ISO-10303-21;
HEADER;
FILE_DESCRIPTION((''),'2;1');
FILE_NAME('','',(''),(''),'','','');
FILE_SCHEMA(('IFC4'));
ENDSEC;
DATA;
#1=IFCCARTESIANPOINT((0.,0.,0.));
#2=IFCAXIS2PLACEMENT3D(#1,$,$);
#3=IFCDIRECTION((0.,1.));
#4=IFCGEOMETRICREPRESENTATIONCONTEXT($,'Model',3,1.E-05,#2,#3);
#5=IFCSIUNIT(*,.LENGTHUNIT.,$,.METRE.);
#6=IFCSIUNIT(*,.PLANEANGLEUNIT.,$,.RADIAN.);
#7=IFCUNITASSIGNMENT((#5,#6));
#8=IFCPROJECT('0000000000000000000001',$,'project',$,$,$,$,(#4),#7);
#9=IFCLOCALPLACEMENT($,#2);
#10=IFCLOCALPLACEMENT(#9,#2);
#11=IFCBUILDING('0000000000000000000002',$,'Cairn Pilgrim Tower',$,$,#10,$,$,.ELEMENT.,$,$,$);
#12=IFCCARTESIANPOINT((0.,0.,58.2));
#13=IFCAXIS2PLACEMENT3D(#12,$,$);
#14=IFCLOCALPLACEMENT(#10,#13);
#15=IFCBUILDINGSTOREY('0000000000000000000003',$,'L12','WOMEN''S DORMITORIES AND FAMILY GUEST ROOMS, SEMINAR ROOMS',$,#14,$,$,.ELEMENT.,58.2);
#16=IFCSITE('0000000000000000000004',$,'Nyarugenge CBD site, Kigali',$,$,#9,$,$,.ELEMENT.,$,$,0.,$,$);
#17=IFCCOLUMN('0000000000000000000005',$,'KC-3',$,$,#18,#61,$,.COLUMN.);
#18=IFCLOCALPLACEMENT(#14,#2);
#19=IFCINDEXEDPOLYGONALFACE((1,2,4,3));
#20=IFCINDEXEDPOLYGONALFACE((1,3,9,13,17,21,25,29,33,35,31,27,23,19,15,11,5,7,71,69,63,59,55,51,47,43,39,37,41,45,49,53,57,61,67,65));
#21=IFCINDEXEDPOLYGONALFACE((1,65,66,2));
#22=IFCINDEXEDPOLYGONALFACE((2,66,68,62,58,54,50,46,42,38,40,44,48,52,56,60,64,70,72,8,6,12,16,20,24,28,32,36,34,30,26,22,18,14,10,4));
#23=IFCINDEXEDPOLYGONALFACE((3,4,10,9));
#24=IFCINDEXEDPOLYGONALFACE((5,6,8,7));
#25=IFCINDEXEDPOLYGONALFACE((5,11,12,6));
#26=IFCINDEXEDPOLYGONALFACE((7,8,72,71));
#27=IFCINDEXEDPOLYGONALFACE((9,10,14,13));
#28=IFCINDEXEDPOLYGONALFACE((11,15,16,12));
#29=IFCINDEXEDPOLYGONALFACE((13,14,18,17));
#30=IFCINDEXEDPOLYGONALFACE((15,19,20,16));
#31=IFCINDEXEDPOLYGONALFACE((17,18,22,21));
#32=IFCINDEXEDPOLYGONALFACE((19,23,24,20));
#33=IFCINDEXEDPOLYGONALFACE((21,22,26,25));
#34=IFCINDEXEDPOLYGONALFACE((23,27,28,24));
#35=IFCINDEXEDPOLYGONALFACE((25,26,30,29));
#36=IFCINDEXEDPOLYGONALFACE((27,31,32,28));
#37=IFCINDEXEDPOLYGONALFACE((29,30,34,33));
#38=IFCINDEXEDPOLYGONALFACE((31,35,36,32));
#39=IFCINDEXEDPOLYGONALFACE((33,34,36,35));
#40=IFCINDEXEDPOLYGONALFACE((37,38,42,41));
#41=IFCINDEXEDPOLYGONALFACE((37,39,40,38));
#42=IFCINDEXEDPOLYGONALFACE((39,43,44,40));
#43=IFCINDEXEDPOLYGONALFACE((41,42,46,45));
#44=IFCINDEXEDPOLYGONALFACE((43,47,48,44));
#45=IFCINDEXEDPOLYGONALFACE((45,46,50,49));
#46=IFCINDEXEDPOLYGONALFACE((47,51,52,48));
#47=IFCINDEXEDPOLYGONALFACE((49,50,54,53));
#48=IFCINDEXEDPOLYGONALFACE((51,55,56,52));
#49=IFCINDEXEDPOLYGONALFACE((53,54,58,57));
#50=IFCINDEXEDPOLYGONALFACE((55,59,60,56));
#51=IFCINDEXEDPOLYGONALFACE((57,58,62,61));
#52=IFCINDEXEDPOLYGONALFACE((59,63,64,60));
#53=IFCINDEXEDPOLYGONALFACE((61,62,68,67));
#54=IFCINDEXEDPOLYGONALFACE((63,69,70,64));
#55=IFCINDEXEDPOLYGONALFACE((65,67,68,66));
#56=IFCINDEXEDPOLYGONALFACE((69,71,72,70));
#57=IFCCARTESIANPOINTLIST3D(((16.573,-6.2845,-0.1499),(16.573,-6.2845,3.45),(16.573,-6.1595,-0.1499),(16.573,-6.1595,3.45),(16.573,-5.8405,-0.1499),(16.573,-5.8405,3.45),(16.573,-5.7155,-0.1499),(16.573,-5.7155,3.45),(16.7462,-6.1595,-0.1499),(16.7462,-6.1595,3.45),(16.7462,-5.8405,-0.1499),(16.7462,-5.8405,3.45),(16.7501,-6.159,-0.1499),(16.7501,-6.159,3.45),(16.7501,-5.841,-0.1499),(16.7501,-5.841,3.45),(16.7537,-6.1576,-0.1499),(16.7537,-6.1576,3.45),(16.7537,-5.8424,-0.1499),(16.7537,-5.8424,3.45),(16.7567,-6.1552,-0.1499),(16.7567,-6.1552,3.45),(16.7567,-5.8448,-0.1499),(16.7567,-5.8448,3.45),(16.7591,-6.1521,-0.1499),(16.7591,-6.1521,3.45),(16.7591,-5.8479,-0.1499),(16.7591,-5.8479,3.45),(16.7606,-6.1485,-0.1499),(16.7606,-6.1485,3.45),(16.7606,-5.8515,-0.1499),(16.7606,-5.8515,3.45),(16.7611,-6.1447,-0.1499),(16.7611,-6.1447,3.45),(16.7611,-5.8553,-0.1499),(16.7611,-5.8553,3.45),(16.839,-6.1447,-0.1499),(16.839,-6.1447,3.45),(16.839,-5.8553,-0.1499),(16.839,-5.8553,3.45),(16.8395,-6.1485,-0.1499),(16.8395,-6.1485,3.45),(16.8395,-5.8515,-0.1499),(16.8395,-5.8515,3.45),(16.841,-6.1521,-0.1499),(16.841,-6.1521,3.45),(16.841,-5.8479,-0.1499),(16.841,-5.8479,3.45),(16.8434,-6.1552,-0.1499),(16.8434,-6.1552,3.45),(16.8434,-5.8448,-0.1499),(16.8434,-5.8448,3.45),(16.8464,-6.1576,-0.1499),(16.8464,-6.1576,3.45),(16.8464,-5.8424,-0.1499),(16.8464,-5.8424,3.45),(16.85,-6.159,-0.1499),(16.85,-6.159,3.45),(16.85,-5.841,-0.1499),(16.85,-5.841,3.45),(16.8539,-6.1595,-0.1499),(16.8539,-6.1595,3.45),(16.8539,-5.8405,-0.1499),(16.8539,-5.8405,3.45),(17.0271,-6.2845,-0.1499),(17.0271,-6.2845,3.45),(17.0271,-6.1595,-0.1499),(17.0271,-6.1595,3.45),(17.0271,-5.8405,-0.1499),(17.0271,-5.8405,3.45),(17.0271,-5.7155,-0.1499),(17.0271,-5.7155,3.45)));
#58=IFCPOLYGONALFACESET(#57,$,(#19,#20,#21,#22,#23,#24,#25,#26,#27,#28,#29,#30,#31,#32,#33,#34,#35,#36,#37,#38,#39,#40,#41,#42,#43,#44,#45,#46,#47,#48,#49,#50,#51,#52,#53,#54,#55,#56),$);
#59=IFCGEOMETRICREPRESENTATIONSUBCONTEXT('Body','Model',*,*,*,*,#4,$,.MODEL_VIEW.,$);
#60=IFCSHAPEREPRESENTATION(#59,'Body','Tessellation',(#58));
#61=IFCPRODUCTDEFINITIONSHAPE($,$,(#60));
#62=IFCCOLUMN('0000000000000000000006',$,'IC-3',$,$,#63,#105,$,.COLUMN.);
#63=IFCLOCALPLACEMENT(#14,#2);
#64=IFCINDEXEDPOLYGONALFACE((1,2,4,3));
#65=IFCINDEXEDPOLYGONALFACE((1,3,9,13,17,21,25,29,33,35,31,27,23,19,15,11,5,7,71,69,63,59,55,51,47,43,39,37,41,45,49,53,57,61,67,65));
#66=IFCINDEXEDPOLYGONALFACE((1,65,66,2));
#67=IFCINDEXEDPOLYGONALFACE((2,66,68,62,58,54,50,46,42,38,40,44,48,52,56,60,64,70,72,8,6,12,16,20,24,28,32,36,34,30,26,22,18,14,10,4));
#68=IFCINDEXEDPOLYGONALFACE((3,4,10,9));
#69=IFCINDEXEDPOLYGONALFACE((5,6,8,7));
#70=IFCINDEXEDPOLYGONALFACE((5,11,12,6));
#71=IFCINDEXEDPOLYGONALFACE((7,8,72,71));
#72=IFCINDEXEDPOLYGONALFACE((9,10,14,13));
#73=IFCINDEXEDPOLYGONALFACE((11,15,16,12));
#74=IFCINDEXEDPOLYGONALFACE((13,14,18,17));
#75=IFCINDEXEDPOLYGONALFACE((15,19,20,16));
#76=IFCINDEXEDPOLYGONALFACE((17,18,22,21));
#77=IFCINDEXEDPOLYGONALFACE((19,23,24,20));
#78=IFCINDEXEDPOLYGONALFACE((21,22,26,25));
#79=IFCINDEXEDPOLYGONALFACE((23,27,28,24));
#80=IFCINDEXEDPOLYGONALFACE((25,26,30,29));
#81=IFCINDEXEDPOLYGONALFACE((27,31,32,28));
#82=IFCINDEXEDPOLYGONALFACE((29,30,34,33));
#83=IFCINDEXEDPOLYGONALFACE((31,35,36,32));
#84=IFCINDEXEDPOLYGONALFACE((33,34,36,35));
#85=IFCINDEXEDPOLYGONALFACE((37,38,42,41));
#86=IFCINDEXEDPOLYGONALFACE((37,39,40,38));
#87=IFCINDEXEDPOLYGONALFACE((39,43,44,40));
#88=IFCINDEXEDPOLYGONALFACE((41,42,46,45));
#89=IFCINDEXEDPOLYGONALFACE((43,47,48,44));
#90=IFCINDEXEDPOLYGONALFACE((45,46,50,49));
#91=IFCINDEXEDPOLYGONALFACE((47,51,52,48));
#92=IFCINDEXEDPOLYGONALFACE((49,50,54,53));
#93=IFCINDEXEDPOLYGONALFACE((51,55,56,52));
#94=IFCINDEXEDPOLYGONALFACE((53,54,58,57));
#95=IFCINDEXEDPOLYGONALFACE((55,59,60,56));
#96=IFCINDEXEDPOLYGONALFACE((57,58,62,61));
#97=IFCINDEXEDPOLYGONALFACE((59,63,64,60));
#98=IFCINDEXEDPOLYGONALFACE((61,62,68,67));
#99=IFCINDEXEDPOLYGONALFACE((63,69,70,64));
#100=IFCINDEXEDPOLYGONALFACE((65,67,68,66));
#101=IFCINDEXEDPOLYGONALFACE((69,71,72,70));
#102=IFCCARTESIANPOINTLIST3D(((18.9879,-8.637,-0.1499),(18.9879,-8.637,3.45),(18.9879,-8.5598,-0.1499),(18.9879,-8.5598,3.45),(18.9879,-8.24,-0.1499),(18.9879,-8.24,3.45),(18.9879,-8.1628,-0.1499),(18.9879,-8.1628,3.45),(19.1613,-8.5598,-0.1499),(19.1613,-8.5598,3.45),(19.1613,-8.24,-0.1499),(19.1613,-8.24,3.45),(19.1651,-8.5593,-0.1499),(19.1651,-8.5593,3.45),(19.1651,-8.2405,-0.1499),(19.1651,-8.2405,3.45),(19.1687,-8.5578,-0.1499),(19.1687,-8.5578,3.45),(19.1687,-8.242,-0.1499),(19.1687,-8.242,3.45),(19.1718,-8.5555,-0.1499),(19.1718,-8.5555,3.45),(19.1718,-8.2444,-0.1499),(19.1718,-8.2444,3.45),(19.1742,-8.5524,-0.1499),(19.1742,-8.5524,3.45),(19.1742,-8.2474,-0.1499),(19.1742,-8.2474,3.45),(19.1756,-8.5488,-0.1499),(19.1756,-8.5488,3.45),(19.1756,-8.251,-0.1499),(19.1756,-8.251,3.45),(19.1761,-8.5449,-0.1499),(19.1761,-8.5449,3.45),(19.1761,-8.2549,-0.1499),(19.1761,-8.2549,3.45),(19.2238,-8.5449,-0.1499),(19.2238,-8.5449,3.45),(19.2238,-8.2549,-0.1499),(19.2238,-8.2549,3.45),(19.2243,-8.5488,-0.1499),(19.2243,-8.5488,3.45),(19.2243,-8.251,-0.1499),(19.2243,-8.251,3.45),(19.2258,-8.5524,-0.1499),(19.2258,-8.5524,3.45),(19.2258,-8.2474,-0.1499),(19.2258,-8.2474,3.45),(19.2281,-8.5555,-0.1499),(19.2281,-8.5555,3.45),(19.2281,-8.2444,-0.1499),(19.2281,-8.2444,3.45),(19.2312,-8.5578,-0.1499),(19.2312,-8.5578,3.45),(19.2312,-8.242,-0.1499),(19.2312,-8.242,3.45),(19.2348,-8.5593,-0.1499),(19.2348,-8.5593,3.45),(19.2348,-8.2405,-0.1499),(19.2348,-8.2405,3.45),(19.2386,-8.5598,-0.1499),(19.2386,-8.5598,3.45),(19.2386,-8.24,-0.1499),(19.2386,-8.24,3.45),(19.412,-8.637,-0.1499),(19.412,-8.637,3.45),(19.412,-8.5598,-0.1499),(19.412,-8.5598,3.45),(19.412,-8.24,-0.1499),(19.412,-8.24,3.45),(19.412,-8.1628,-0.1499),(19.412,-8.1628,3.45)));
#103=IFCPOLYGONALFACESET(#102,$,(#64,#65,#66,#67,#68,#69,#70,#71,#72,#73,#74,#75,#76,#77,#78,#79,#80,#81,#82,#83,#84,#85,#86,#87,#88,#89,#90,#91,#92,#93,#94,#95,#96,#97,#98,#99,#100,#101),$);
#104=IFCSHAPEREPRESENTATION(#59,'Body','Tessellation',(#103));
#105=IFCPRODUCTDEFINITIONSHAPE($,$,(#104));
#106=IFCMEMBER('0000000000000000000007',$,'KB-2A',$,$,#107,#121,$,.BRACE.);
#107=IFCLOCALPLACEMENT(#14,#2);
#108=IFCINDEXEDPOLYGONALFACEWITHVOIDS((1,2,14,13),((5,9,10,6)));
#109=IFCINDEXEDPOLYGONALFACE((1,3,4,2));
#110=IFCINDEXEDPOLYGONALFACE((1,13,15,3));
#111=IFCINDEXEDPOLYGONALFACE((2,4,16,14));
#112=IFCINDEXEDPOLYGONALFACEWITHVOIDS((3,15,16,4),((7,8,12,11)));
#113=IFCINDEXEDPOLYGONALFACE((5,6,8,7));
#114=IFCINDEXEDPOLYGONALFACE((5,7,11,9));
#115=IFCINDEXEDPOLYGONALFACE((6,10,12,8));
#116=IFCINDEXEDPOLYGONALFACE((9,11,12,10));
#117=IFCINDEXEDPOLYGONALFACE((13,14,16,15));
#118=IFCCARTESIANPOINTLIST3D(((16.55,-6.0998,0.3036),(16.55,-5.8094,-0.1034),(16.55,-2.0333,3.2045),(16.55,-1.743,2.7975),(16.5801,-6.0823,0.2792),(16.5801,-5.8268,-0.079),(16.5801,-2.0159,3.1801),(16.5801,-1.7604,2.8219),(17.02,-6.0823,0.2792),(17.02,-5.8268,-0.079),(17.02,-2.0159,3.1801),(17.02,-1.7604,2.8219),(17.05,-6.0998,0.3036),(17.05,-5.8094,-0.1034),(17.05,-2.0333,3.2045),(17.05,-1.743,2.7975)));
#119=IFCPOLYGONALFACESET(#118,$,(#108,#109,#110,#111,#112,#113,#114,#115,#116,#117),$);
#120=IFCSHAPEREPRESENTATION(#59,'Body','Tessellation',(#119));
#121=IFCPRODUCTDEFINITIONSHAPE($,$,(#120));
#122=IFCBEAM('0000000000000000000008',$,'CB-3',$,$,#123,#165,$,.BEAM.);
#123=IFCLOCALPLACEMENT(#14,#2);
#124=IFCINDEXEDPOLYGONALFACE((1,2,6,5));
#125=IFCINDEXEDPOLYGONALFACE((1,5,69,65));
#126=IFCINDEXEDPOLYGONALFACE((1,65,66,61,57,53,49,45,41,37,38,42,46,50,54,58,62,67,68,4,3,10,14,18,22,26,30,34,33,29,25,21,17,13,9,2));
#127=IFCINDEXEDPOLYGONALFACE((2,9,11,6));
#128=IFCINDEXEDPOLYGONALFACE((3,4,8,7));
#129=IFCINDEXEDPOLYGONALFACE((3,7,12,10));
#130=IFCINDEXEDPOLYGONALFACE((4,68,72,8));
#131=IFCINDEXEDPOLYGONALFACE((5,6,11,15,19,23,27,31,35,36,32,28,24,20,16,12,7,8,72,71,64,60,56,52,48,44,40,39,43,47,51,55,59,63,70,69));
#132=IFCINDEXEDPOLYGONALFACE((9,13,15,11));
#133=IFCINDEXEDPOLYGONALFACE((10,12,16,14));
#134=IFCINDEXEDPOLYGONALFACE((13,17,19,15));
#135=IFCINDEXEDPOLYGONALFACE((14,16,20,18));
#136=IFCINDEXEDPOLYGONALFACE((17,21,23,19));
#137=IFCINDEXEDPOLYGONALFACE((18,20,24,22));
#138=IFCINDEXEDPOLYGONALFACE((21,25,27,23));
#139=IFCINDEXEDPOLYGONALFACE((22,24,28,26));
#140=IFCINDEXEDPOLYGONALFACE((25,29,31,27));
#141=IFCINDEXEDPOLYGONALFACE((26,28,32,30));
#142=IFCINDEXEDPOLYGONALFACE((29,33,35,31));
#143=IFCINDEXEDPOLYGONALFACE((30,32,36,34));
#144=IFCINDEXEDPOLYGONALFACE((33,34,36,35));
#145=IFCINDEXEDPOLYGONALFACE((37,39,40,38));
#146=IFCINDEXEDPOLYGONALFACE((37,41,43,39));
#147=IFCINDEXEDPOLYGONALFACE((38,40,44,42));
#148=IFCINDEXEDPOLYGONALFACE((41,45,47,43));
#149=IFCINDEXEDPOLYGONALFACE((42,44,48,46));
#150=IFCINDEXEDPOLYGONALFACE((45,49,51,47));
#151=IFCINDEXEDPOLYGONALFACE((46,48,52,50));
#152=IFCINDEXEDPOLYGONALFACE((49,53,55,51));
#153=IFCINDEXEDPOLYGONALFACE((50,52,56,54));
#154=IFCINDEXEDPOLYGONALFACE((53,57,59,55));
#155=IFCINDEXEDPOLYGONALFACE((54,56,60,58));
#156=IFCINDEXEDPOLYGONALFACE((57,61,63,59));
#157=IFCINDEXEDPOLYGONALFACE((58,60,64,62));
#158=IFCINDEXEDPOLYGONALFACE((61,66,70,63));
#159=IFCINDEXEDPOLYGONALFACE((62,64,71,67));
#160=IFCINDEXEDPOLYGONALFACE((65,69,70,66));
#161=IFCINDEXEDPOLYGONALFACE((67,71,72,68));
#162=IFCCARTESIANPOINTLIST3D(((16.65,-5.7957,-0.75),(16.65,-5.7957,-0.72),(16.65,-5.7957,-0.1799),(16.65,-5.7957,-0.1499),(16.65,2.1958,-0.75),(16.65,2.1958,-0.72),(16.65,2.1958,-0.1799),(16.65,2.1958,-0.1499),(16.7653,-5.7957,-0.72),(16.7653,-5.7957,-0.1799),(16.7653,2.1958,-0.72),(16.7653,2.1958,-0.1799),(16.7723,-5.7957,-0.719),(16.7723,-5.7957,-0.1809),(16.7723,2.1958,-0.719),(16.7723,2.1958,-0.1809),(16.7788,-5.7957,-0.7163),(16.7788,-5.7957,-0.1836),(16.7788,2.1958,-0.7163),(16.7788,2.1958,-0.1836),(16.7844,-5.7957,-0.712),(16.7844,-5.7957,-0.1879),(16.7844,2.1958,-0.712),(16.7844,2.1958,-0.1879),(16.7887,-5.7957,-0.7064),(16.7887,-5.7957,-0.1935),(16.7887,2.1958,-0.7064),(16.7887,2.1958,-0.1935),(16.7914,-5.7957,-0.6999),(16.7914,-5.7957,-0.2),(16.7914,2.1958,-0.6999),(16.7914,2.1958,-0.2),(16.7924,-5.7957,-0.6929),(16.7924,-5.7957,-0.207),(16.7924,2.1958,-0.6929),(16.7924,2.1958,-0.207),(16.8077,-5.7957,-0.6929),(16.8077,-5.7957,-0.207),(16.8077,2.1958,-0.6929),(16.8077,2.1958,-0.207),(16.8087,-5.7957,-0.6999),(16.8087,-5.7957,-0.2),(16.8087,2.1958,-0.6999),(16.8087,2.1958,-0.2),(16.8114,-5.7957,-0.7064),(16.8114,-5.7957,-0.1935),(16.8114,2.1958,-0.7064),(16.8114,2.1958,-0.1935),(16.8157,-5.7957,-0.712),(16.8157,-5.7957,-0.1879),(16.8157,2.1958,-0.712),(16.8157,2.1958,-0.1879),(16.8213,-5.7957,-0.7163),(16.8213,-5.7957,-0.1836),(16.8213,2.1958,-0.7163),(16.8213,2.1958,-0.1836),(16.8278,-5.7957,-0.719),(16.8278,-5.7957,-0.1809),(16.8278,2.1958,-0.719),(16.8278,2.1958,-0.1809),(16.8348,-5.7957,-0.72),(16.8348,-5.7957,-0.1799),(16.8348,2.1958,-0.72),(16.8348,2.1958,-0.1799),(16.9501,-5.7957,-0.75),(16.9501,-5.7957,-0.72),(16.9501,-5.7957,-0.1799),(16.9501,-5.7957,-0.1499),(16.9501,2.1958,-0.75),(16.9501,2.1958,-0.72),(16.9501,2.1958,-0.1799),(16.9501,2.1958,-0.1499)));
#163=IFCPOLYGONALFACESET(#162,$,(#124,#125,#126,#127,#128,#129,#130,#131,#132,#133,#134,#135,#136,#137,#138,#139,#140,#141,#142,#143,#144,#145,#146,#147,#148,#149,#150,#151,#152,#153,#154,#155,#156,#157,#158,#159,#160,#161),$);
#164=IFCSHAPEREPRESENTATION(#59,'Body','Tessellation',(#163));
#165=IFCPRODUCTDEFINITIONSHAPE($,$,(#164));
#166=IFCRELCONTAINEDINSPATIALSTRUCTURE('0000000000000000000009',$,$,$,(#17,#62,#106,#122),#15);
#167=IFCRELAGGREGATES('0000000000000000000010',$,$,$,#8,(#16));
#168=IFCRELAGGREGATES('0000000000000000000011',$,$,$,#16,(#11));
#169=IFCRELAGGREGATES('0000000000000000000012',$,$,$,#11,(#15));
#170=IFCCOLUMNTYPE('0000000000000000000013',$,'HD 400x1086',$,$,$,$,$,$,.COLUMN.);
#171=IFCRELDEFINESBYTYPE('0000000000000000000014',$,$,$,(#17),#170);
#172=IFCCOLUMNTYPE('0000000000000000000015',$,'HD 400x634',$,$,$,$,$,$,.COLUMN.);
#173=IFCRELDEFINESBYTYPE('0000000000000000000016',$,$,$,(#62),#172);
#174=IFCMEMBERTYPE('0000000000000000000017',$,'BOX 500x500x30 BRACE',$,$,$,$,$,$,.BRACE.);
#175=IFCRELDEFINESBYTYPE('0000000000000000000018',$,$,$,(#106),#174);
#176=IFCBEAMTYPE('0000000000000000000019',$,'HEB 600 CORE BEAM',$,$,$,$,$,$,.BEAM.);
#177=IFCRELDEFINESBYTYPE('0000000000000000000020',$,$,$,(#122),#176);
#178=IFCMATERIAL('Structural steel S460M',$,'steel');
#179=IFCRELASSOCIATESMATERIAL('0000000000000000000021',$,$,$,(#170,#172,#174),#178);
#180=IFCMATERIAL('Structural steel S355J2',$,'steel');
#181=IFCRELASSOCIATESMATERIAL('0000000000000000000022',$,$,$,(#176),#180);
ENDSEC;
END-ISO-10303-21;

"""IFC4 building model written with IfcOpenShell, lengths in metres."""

from ifc_helpers import new_model, si_unit, direction, frame, origin, origin_2d, place, context, subcontext, project, spatial, hollow_rectangle, i_section, extrude, material, material_profile, profile_set, type_object, element, save


model = new_model("IFC4")

# Units and contexts
model_context = context("Model", 3, precision=1e-05, world=origin(), true_north=direction((0.0, 1.0)))
body_context = subcontext(model_context, "Body", "Model", "MODEL_VIEW")
ifc_project = project(units=[si_unit("LENGTHUNIT", "METRE"), si_unit("PLANEANGLEUNIT", "RADIAN")], contexts=[model_context])

# Site, building, storey
site_placement = place(None, origin())
site = spatial("IfcSite", under=ifc_project, at=site_placement, Name="Nyarugenge CBD site, Kigali", CompositionType="ELEMENT", RefElevation=0.0)
building_placement = place(site_placement, origin())
building = spatial("IfcBuilding", under=site, at=building_placement, Name="Cairn Pilgrim Tower", CompositionType="ELEMENT")
storey_placement = place(building_placement, frame((0.0, 0.0, 58.2)))
storey = spatial("IfcBuildingStorey", under=building, at=storey_placement, Name="L12", Description="WOMEN'S DORMITORIES AND FAMILY GUEST ROOMS, SEMINAR ROOMS", CompositionType="ELEMENT", Elevation=58.2)

# Columns
ifc_material_1 = material(Name="Structural steel S460M", Category="steel")
ifc_material_profile_1 = material_profile(ifc_material_1, i_section(OverallWidth=0.4541, OverallDepth=0.5691, WebThickness=0.0779, FlangeThickness=0.125, FilletRadius=0.0149, at=origin_2d()), Name="HD 400x1086")
ifc_profile_set_1 = profile_set([ifc_material_profile_1], Name="Structural steel S460M")
column_type_1 = type_object("IfcColumnType", Name="HD 400x1086", PredefinedType="COLUMN", material=ifc_profile_set_1)
column_1_placement = place(storey_placement, frame((16.8, -6.0, -0.1499), z_axis=(0.0, 0.0, 1.0), x_axis=(1.0, 0.0, 0.0)))
element("IfcColumn", 1, at=column_1_placement, inside=storey, type_object=column_type_1, Name="KC-3", PredefinedType="COLUMN", context=body_context, shape_type="SweptSolid", body=[
    extrude(i_section(OverallWidth=0.4541, OverallDepth=0.5691, WebThickness=0.0779, FlangeThickness=0.125, FilletRadius=0.0149, at=origin_2d()), origin(), (0.0, 0.0, 1.0), 3.5999),
])
ifc_material_profile_2 = material_profile(ifc_material_1, i_section(OverallWidth=0.4241, OverallDepth=0.4741, WebThickness=0.0476, FlangeThickness=0.0771, FilletRadius=0.0149, at=origin_2d()), Name="HD 400x634")
ifc_profile_set_2 = profile_set([ifc_material_profile_2], Name="Structural steel S460M")
column_type_2 = type_object("IfcColumnType", Name="HD 400x634", PredefinedType="COLUMN", material=ifc_profile_set_2)
column_2_placement = place(storey_placement, frame((19.2, -8.3999, -0.1499), z_axis=(0.0, 0.0, 1.0), x_axis=(1.0, 0.0, 0.0)))
element("IfcColumn", 2, at=column_2_placement, inside=storey, type_object=column_type_2, Name="IC-3", PredefinedType="COLUMN", context=body_context, shape_type="SweptSolid", body=[
    extrude(i_section(OverallWidth=0.4241, OverallDepth=0.4741, WebThickness=0.0476, FlangeThickness=0.0771, FilletRadius=0.0149, at=origin_2d()), origin(), (0.0, 0.0, 1.0), 3.5999),
])

# Member
ifc_material_profile_3 = material_profile(ifc_material_1, hollow_rectangle(XDim=0.5, YDim=0.5, WallThickness=0.03, at=origin_2d()), Name="BOX 500x500x30")
ifc_profile_set_3 = profile_set([ifc_material_profile_3], Name="Structural steel S460M")
member_type = type_object("IfcMemberType", Name="BOX 500x500x30 BRACE", PredefinedType="BRACE", material=ifc_profile_set_3)
member_placement = place(storey_placement, frame((16.8, -5.9546, 0.1001), z_axis=(0.0, 0.814083, 0.580748), x_axis=(-1.0, 0.0, 0.0)))
element("IfcMember", 3, at=member_placement, inside=storey, type_object=member_type, Name="KB-2A", PredefinedType="BRACE", context=body_context, shape_type="SweptSolid", body=[
    extrude(hollow_rectangle(XDim=0.5, YDim=0.5, WallThickness=0.03, at=origin_2d()), origin(), (0.0, 0.0, 1.0), 4.9951),
])

# Beam
ifc_material_2 = material(Name="Structural steel S355J2", Category="steel")
ifc_material_profile_4 = material_profile(ifc_material_2, i_section(OverallWidth=0.3, OverallDepth=0.6001, WebThickness=0.0154, FlangeThickness=0.03, FilletRadius=0.0271, at=origin_2d()), Name="HEB 600")
ifc_profile_set_4 = profile_set([ifc_material_profile_4], Name="Structural steel S355J2")
beam_type_1 = type_object("IfcBeamType", Name="HEB 600 CORE BEAM", PredefinedType="BEAM", material=ifc_profile_set_4)
beam_1_placement = place(storey_placement, frame((16.8, -5.7957, -0.45), z_axis=(0.0, 1.0, 0.0), x_axis=(-1.0, 0.0, 0.0)))
element("IfcBeam", 4, at=beam_1_placement, inside=storey, type_object=beam_type_1, Name="CB-3", PredefinedType="BEAM", context=body_context, shape_type="SweptSolid", body=[
    extrude(i_section(OverallWidth=0.3, OverallDepth=0.6001, WebThickness=0.0154, FlangeThickness=0.03, FilletRadius=0.0271, at=origin_2d()), origin(), (0.0, 0.0, 1.0), 7.9915),
])

save(model, "model.ifc")
